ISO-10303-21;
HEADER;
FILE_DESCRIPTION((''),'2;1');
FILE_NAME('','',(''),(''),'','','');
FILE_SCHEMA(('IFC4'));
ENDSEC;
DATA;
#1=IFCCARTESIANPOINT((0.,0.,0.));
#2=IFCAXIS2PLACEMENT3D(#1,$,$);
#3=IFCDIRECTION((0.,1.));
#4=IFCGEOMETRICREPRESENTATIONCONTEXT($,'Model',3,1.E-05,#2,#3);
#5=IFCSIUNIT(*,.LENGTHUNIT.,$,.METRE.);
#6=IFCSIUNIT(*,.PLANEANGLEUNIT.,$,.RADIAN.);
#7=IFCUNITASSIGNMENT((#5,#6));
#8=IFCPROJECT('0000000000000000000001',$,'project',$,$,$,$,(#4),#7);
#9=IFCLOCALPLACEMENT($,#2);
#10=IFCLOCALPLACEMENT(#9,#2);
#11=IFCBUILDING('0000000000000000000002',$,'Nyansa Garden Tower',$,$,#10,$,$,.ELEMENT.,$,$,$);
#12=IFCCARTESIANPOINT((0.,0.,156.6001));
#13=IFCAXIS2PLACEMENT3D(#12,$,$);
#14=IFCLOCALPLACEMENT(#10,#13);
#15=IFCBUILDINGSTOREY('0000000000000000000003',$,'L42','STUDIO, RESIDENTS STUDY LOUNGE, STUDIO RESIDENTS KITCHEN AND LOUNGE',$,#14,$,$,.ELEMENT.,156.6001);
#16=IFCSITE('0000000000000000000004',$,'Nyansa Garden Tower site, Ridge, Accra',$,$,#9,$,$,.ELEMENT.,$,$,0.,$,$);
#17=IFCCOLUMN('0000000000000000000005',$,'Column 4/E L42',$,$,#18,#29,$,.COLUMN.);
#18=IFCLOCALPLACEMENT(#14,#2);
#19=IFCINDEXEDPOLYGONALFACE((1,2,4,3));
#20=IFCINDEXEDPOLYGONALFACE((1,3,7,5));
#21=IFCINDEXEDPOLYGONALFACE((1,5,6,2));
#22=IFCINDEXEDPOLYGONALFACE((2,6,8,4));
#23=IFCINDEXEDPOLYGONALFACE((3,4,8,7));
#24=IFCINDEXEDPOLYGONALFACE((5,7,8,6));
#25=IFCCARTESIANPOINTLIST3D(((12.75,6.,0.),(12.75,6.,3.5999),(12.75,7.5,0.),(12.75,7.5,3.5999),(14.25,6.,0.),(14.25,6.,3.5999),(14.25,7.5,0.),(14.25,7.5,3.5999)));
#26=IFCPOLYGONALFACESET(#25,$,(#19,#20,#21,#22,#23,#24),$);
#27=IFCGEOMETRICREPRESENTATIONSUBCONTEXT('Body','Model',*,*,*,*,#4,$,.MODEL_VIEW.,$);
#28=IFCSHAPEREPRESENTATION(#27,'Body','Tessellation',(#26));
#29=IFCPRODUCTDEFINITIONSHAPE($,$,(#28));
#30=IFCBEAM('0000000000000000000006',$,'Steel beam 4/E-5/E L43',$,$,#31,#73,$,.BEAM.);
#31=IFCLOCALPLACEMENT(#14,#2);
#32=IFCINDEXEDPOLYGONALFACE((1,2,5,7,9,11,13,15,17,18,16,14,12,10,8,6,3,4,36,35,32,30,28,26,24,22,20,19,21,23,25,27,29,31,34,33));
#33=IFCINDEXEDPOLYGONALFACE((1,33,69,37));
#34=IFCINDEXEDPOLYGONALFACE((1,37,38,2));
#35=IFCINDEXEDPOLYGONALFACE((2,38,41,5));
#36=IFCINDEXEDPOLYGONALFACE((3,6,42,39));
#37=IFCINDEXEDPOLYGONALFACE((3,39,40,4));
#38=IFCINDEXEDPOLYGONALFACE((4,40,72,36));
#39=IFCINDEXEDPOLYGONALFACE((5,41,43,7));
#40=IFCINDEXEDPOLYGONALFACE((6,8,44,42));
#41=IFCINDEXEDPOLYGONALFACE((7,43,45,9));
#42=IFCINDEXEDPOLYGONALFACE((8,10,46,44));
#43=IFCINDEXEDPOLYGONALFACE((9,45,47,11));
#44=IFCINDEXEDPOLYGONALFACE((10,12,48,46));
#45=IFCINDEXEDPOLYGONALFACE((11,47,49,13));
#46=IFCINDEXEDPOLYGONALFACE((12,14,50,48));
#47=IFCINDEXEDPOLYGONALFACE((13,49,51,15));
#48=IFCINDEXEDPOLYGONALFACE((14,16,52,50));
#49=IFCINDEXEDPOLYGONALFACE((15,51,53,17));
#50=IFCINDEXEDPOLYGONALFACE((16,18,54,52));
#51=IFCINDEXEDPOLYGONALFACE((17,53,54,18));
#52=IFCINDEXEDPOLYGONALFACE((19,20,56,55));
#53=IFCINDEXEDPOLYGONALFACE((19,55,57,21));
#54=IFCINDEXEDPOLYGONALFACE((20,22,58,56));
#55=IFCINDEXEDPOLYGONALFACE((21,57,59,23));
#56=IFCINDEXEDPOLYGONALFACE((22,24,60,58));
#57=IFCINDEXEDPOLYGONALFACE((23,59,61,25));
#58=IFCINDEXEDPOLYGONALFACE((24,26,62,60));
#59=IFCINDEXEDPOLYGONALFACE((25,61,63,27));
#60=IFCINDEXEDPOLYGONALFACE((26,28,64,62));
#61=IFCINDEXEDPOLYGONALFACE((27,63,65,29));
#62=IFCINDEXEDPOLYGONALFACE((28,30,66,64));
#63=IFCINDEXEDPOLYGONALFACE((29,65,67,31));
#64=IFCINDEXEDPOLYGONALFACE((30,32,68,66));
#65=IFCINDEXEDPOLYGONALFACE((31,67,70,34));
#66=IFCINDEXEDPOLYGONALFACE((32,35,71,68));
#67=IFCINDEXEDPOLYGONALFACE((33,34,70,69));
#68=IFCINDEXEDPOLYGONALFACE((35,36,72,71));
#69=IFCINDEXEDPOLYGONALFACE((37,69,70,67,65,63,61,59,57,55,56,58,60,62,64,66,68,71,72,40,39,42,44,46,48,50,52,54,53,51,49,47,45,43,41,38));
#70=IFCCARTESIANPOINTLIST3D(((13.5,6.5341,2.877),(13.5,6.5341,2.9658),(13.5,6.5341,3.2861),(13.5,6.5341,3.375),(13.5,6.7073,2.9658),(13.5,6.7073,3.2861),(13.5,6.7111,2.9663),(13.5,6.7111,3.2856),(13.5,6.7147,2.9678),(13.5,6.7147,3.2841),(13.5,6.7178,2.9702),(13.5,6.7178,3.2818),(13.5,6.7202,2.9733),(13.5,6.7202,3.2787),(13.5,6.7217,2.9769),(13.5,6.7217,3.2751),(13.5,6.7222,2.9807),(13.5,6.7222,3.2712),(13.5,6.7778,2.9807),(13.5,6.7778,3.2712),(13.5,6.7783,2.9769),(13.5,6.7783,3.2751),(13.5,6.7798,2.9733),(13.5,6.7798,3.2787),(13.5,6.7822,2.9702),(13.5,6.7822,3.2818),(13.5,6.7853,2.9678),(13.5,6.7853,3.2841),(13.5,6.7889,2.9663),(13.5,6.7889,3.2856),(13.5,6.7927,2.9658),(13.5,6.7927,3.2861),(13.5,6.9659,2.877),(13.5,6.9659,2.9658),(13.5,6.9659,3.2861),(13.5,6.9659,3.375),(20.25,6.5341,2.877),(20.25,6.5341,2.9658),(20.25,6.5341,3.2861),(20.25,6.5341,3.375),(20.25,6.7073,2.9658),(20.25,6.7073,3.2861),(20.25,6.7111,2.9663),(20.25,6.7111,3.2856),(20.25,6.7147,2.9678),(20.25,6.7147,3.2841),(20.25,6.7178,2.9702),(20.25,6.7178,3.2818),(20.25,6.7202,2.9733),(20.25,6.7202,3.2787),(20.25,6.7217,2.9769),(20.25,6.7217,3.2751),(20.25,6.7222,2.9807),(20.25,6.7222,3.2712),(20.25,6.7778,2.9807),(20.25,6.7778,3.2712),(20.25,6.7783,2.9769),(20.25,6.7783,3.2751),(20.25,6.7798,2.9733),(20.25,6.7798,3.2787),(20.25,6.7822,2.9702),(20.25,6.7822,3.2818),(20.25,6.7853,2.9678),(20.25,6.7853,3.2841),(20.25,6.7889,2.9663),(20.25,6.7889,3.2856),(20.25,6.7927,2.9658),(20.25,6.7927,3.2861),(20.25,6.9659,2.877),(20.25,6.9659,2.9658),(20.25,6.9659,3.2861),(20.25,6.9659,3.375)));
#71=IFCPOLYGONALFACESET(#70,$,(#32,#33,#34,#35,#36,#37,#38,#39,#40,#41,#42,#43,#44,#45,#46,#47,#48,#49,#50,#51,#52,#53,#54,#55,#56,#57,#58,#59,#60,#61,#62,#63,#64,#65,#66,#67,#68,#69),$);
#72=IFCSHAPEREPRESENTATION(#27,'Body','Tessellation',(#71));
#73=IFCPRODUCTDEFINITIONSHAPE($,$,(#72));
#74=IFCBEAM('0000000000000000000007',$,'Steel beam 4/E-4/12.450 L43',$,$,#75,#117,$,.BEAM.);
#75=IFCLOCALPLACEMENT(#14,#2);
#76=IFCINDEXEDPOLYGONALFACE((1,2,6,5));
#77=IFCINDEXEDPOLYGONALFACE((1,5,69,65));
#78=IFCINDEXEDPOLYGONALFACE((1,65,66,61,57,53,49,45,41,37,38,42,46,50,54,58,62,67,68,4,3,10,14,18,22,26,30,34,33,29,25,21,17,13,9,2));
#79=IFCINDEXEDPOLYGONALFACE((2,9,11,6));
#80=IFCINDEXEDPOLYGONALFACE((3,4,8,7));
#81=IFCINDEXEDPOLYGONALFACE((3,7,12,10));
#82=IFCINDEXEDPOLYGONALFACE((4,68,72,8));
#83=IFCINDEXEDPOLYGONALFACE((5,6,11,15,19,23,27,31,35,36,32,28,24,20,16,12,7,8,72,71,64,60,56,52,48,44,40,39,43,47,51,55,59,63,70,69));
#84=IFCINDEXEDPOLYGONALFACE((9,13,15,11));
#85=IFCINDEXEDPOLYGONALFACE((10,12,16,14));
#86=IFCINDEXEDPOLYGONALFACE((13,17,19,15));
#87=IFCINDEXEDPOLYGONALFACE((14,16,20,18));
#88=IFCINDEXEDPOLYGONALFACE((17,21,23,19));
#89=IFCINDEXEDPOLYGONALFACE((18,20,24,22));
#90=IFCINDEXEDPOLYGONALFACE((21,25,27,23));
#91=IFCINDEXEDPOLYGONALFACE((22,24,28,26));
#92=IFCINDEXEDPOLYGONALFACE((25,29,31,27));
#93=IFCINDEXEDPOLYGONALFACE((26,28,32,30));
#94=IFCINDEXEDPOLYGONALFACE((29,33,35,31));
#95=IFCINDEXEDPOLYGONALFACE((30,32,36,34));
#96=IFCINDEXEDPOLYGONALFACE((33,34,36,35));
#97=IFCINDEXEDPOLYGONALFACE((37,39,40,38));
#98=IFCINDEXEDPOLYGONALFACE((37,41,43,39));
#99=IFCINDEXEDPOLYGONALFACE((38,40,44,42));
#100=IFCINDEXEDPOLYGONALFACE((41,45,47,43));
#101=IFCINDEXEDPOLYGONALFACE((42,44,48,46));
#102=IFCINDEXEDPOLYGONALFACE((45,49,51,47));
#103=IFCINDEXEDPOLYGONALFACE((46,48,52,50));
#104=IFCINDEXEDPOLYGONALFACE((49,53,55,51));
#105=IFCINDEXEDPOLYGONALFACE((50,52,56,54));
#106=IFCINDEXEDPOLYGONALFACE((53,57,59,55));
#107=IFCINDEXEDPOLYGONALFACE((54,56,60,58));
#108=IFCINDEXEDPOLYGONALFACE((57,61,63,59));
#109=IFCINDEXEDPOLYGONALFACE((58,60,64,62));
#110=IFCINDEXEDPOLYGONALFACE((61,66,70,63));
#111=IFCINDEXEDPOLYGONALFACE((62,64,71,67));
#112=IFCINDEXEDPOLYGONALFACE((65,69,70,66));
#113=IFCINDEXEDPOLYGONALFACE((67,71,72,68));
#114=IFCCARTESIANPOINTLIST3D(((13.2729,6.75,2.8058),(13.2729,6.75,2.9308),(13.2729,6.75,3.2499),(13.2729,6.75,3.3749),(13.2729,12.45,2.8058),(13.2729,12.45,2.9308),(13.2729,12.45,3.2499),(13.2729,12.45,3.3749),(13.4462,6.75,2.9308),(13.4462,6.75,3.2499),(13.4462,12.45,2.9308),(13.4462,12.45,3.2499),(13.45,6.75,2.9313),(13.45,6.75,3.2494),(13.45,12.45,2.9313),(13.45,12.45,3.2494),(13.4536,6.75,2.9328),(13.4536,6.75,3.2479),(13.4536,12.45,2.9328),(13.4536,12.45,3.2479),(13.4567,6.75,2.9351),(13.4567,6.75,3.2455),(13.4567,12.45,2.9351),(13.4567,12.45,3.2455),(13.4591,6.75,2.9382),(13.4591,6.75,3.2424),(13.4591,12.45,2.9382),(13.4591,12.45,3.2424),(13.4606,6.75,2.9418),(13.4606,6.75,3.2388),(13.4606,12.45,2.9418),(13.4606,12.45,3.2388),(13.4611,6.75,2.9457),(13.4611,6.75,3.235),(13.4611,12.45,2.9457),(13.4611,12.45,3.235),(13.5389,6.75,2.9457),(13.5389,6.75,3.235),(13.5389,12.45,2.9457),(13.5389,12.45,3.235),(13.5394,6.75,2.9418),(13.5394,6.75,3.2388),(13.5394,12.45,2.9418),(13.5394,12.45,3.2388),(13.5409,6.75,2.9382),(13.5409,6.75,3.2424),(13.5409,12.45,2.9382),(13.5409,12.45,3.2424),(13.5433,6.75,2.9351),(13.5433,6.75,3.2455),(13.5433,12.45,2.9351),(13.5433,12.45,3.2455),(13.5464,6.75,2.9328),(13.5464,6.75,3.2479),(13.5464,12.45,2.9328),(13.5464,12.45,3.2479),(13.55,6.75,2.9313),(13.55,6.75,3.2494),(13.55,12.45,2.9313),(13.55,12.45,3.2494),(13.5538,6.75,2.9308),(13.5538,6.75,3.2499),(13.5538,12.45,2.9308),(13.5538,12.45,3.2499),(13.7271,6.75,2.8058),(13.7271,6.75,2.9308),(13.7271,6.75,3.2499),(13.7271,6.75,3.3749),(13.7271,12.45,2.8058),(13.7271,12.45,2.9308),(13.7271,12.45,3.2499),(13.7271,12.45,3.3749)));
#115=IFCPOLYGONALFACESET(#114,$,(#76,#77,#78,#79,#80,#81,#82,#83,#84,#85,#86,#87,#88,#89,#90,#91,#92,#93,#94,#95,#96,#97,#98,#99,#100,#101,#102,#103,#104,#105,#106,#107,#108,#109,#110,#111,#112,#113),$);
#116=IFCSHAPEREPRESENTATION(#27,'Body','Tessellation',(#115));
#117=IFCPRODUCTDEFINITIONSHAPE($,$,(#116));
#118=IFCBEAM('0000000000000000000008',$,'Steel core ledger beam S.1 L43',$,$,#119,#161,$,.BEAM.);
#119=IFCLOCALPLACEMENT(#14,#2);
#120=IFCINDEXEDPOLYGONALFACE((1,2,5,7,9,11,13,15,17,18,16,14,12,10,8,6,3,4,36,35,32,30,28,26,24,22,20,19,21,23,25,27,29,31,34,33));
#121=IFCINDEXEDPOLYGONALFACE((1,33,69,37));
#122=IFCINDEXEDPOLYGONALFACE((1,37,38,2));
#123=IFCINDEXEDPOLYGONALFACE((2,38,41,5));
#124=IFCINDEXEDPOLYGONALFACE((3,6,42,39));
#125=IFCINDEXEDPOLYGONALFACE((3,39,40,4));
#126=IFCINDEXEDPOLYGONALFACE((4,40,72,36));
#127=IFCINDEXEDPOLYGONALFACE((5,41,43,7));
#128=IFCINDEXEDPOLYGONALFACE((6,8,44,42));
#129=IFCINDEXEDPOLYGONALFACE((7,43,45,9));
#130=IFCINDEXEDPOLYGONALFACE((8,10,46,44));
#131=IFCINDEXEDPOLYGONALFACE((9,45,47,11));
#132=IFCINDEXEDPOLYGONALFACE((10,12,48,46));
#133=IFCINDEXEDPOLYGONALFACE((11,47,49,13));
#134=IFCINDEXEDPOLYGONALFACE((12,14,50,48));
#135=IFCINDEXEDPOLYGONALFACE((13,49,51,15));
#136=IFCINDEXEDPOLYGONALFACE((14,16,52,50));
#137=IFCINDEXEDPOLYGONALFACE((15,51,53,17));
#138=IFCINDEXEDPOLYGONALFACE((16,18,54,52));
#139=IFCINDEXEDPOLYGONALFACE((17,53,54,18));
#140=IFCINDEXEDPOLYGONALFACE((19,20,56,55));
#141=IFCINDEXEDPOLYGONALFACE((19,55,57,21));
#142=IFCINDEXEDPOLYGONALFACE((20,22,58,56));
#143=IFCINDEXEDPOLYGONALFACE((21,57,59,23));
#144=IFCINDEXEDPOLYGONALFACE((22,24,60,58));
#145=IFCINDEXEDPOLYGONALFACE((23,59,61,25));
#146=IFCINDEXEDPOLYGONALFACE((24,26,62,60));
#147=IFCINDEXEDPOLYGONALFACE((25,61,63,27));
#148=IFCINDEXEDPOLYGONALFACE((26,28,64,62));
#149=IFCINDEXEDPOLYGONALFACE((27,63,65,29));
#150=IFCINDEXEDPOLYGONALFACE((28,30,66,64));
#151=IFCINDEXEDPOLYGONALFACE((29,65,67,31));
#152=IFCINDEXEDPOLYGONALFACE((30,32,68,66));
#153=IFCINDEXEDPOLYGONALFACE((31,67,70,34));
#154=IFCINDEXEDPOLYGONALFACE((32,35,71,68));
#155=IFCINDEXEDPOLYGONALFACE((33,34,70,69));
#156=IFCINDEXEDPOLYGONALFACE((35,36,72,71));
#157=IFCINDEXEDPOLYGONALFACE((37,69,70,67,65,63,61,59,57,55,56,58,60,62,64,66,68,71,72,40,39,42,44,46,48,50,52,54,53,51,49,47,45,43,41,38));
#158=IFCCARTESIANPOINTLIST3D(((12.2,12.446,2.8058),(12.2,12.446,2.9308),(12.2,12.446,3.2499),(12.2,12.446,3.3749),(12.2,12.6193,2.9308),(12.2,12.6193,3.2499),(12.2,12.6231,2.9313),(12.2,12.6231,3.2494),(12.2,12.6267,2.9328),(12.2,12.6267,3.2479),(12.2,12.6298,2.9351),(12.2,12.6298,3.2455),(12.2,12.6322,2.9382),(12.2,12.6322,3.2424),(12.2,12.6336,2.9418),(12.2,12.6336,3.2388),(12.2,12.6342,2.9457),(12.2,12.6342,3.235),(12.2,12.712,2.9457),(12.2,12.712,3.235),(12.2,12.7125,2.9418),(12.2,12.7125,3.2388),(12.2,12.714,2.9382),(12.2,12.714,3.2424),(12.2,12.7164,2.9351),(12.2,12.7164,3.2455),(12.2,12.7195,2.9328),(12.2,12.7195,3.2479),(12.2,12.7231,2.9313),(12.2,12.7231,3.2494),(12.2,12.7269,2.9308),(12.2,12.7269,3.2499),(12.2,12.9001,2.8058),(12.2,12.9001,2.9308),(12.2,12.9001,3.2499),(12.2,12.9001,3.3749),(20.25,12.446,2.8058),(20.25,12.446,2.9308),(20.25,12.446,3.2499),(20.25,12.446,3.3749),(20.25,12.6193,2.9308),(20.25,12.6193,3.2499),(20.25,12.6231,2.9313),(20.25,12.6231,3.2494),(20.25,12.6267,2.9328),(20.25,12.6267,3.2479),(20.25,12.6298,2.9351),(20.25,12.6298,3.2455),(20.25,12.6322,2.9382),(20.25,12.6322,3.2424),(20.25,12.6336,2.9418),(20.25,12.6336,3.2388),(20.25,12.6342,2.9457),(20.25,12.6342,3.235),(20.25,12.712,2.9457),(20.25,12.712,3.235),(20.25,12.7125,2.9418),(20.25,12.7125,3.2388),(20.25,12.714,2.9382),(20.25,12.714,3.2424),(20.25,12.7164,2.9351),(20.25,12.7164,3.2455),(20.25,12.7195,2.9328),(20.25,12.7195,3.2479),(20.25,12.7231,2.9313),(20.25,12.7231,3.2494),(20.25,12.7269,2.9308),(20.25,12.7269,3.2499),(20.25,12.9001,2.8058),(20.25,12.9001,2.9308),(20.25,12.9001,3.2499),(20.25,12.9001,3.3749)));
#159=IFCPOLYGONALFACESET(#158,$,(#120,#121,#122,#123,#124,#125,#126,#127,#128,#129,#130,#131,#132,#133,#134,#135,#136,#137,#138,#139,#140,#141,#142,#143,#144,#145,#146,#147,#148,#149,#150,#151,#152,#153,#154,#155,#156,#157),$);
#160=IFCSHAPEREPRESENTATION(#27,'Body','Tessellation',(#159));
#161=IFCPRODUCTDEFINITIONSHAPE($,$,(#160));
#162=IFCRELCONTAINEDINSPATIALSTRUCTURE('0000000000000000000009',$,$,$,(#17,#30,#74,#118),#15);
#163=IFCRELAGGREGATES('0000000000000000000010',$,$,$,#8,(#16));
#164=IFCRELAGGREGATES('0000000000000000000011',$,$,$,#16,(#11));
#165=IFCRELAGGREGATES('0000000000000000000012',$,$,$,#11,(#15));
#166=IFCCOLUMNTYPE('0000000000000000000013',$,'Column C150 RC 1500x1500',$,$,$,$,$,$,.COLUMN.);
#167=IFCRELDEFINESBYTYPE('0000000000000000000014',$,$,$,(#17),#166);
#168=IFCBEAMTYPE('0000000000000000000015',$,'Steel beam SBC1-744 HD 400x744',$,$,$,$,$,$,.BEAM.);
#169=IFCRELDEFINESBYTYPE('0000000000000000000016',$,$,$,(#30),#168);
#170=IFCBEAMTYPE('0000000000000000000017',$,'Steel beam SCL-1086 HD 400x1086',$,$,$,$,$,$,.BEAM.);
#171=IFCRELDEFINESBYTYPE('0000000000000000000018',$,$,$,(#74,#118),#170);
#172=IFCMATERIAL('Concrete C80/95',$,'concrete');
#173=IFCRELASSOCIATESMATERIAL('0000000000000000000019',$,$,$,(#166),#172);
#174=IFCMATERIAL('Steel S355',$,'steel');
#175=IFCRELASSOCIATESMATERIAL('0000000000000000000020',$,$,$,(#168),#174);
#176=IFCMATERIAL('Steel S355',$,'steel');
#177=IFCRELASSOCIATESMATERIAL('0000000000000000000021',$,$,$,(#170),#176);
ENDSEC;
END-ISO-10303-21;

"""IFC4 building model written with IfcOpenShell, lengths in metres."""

from ifc_helpers import new_model, si_unit, direction, frame, origin, origin_2d, place, context, subcontext, project, spatial, rectangle, i_section, extrude, material, material_profile, profile_set, type_object, element, save


model = new_model("IFC4")

# Units and contexts
model_context = context("Model", 3, precision=1e-05, world=origin(), true_north=direction((0.0, 1.0)))
body_context = subcontext(model_context, "Body", "Model", "MODEL_VIEW")
ifc_project = project(units=[si_unit("LENGTHUNIT", "METRE"), si_unit("PLANEANGLEUNIT", "RADIAN")], contexts=[model_context])

# Site, building, storey
site_placement = place(None, origin())
site = spatial("IfcSite", under=ifc_project, at=site_placement, Name="Nyansa Garden Tower site, Ridge, Accra", CompositionType="ELEMENT", RefElevation=0.0)
building_placement = place(site_placement, origin())
building = spatial("IfcBuilding", under=site, at=building_placement, Name="Nyansa Garden Tower", CompositionType="ELEMENT")
storey_placement = place(building_placement, frame((0.0, 0.0, 156.6001)))
storey = spatial("IfcBuildingStorey", under=building, at=storey_placement, Name="L42", Description="STUDIO, RESIDENTS STUDY LOUNGE, STUDIO RESIDENTS KITCHEN AND LOUNGE", CompositionType="ELEMENT", Elevation=156.6001)

# Column
ifc_material_1 = material(Name="Concrete C80/95", Category="concrete")
ifc_material_profile_1 = material_profile(ifc_material_1, rectangle(XDim=1.5, YDim=1.5, at=origin_2d()), Name="RC 1500x1500")
ifc_profile_set_1 = profile_set([ifc_material_profile_1], Name="Concrete C80/95")
column_type = type_object("IfcColumnType", Name="Column C150 RC 1500x1500", PredefinedType="COLUMN", material=ifc_profile_set_1)
column_placement = place(storey_placement, frame((13.5, 6.75, 0.0), z_axis=(0.0, 0.0, 1.0), x_axis=(1.0, 0.0, 0.0)))
element("IfcColumn", 1, at=column_placement, inside=storey, type_object=column_type, Name="Column 4/E L42", PredefinedType="COLUMN", context=body_context, shape_type="SweptSolid", body=[
    extrude(rectangle(XDim=1.5, YDim=1.5, at=origin_2d()), origin(), (0.0, 0.0, 1.0), 3.5999),
])

# Beams
ifc_material_2 = material(Name="Steel S355", Category="steel")
ifc_material_profile_2 = material_profile(ifc_material_2, i_section(OverallWidth=0.4319, OverallDepth=0.498, WebThickness=0.0557, FlangeThickness=0.0889, FilletRadius=0.0149, at=origin_2d()), Name="HD 400x744")
ifc_profile_set_2 = profile_set([ifc_material_profile_2], Name="Steel S355")
beam_type_1 = type_object("IfcBeamType", Name="Steel beam SBC1-744 HD 400x744", PredefinedType="BEAM", material=ifc_profile_set_2)
beam_1_placement = place(storey_placement, frame((13.5, 6.75, 3.126), z_axis=(1.0, 0.0, 0.0), x_axis=(0.0, 1.0, 0.0)))
element("IfcBeam", 2, at=beam_1_placement, inside=storey, type_object=beam_type_1, Name="Steel beam 4/E-5/E L43", PredefinedType="BEAM", context=body_context, shape_type="SweptSolid", body=[
    extrude(i_section(OverallWidth=0.4319, OverallDepth=0.498, WebThickness=0.0557, FlangeThickness=0.0889, FilletRadius=0.0149, at=origin_2d()), origin(), (0.0, 0.0, 1.0), 6.75),
])
ifc_material_3 = material(Name="Steel S355", Category="steel")
ifc_material_profile_3 = material_profile(ifc_material_3, i_section(OverallWidth=0.4541, OverallDepth=0.5691, WebThickness=0.0779, FlangeThickness=0.125, FilletRadius=0.0149, at=origin_2d()), Name="HD 400x1086")
ifc_profile_set_3 = profile_set([ifc_material_profile_3], Name="Steel S355")
beam_type_2 = type_object("IfcBeamType", Name="Steel beam SCL-1086 HD 400x1086", PredefinedType="BEAM", material=ifc_profile_set_3)
beam_2_placement = place(storey_placement, frame((13.5, 6.75, 3.0903), z_axis=(0.0, 1.0, 0.0), x_axis=(-1.0, 0.0, 0.0)))
element("IfcBeam", 3, at=beam_2_placement, inside=storey, type_object=beam_type_2, Name="Steel beam 4/E-4/12.450 L43", PredefinedType="BEAM", context=body_context, shape_type="SweptSolid", body=[
    extrude(i_section(OverallWidth=0.4541, OverallDepth=0.5691, WebThickness=0.0779, FlangeThickness=0.125, FilletRadius=0.0149, at=origin_2d()), origin(), (0.0, 0.0, 1.0), 5.7),
])
beam_3_placement = place(storey_placement, frame((12.2, 12.6731, 3.0903), z_axis=(1.0, 0.0, 0.0), x_axis=(0.0, 1.0, 0.0)))
element("IfcBeam", 4, at=beam_3_placement, inside=storey, type_object=beam_type_2, Name="Steel core ledger beam S.1 L43", PredefinedType="BEAM", context=body_context, shape_type="SweptSolid", body=[
    extrude(i_section(OverallWidth=0.4541, OverallDepth=0.5691, WebThickness=0.0779, FlangeThickness=0.125, FilletRadius=0.0149, at=origin_2d()), origin(), (0.0, 0.0, 1.0), 8.05),
])

save(model, "model.ifc")
